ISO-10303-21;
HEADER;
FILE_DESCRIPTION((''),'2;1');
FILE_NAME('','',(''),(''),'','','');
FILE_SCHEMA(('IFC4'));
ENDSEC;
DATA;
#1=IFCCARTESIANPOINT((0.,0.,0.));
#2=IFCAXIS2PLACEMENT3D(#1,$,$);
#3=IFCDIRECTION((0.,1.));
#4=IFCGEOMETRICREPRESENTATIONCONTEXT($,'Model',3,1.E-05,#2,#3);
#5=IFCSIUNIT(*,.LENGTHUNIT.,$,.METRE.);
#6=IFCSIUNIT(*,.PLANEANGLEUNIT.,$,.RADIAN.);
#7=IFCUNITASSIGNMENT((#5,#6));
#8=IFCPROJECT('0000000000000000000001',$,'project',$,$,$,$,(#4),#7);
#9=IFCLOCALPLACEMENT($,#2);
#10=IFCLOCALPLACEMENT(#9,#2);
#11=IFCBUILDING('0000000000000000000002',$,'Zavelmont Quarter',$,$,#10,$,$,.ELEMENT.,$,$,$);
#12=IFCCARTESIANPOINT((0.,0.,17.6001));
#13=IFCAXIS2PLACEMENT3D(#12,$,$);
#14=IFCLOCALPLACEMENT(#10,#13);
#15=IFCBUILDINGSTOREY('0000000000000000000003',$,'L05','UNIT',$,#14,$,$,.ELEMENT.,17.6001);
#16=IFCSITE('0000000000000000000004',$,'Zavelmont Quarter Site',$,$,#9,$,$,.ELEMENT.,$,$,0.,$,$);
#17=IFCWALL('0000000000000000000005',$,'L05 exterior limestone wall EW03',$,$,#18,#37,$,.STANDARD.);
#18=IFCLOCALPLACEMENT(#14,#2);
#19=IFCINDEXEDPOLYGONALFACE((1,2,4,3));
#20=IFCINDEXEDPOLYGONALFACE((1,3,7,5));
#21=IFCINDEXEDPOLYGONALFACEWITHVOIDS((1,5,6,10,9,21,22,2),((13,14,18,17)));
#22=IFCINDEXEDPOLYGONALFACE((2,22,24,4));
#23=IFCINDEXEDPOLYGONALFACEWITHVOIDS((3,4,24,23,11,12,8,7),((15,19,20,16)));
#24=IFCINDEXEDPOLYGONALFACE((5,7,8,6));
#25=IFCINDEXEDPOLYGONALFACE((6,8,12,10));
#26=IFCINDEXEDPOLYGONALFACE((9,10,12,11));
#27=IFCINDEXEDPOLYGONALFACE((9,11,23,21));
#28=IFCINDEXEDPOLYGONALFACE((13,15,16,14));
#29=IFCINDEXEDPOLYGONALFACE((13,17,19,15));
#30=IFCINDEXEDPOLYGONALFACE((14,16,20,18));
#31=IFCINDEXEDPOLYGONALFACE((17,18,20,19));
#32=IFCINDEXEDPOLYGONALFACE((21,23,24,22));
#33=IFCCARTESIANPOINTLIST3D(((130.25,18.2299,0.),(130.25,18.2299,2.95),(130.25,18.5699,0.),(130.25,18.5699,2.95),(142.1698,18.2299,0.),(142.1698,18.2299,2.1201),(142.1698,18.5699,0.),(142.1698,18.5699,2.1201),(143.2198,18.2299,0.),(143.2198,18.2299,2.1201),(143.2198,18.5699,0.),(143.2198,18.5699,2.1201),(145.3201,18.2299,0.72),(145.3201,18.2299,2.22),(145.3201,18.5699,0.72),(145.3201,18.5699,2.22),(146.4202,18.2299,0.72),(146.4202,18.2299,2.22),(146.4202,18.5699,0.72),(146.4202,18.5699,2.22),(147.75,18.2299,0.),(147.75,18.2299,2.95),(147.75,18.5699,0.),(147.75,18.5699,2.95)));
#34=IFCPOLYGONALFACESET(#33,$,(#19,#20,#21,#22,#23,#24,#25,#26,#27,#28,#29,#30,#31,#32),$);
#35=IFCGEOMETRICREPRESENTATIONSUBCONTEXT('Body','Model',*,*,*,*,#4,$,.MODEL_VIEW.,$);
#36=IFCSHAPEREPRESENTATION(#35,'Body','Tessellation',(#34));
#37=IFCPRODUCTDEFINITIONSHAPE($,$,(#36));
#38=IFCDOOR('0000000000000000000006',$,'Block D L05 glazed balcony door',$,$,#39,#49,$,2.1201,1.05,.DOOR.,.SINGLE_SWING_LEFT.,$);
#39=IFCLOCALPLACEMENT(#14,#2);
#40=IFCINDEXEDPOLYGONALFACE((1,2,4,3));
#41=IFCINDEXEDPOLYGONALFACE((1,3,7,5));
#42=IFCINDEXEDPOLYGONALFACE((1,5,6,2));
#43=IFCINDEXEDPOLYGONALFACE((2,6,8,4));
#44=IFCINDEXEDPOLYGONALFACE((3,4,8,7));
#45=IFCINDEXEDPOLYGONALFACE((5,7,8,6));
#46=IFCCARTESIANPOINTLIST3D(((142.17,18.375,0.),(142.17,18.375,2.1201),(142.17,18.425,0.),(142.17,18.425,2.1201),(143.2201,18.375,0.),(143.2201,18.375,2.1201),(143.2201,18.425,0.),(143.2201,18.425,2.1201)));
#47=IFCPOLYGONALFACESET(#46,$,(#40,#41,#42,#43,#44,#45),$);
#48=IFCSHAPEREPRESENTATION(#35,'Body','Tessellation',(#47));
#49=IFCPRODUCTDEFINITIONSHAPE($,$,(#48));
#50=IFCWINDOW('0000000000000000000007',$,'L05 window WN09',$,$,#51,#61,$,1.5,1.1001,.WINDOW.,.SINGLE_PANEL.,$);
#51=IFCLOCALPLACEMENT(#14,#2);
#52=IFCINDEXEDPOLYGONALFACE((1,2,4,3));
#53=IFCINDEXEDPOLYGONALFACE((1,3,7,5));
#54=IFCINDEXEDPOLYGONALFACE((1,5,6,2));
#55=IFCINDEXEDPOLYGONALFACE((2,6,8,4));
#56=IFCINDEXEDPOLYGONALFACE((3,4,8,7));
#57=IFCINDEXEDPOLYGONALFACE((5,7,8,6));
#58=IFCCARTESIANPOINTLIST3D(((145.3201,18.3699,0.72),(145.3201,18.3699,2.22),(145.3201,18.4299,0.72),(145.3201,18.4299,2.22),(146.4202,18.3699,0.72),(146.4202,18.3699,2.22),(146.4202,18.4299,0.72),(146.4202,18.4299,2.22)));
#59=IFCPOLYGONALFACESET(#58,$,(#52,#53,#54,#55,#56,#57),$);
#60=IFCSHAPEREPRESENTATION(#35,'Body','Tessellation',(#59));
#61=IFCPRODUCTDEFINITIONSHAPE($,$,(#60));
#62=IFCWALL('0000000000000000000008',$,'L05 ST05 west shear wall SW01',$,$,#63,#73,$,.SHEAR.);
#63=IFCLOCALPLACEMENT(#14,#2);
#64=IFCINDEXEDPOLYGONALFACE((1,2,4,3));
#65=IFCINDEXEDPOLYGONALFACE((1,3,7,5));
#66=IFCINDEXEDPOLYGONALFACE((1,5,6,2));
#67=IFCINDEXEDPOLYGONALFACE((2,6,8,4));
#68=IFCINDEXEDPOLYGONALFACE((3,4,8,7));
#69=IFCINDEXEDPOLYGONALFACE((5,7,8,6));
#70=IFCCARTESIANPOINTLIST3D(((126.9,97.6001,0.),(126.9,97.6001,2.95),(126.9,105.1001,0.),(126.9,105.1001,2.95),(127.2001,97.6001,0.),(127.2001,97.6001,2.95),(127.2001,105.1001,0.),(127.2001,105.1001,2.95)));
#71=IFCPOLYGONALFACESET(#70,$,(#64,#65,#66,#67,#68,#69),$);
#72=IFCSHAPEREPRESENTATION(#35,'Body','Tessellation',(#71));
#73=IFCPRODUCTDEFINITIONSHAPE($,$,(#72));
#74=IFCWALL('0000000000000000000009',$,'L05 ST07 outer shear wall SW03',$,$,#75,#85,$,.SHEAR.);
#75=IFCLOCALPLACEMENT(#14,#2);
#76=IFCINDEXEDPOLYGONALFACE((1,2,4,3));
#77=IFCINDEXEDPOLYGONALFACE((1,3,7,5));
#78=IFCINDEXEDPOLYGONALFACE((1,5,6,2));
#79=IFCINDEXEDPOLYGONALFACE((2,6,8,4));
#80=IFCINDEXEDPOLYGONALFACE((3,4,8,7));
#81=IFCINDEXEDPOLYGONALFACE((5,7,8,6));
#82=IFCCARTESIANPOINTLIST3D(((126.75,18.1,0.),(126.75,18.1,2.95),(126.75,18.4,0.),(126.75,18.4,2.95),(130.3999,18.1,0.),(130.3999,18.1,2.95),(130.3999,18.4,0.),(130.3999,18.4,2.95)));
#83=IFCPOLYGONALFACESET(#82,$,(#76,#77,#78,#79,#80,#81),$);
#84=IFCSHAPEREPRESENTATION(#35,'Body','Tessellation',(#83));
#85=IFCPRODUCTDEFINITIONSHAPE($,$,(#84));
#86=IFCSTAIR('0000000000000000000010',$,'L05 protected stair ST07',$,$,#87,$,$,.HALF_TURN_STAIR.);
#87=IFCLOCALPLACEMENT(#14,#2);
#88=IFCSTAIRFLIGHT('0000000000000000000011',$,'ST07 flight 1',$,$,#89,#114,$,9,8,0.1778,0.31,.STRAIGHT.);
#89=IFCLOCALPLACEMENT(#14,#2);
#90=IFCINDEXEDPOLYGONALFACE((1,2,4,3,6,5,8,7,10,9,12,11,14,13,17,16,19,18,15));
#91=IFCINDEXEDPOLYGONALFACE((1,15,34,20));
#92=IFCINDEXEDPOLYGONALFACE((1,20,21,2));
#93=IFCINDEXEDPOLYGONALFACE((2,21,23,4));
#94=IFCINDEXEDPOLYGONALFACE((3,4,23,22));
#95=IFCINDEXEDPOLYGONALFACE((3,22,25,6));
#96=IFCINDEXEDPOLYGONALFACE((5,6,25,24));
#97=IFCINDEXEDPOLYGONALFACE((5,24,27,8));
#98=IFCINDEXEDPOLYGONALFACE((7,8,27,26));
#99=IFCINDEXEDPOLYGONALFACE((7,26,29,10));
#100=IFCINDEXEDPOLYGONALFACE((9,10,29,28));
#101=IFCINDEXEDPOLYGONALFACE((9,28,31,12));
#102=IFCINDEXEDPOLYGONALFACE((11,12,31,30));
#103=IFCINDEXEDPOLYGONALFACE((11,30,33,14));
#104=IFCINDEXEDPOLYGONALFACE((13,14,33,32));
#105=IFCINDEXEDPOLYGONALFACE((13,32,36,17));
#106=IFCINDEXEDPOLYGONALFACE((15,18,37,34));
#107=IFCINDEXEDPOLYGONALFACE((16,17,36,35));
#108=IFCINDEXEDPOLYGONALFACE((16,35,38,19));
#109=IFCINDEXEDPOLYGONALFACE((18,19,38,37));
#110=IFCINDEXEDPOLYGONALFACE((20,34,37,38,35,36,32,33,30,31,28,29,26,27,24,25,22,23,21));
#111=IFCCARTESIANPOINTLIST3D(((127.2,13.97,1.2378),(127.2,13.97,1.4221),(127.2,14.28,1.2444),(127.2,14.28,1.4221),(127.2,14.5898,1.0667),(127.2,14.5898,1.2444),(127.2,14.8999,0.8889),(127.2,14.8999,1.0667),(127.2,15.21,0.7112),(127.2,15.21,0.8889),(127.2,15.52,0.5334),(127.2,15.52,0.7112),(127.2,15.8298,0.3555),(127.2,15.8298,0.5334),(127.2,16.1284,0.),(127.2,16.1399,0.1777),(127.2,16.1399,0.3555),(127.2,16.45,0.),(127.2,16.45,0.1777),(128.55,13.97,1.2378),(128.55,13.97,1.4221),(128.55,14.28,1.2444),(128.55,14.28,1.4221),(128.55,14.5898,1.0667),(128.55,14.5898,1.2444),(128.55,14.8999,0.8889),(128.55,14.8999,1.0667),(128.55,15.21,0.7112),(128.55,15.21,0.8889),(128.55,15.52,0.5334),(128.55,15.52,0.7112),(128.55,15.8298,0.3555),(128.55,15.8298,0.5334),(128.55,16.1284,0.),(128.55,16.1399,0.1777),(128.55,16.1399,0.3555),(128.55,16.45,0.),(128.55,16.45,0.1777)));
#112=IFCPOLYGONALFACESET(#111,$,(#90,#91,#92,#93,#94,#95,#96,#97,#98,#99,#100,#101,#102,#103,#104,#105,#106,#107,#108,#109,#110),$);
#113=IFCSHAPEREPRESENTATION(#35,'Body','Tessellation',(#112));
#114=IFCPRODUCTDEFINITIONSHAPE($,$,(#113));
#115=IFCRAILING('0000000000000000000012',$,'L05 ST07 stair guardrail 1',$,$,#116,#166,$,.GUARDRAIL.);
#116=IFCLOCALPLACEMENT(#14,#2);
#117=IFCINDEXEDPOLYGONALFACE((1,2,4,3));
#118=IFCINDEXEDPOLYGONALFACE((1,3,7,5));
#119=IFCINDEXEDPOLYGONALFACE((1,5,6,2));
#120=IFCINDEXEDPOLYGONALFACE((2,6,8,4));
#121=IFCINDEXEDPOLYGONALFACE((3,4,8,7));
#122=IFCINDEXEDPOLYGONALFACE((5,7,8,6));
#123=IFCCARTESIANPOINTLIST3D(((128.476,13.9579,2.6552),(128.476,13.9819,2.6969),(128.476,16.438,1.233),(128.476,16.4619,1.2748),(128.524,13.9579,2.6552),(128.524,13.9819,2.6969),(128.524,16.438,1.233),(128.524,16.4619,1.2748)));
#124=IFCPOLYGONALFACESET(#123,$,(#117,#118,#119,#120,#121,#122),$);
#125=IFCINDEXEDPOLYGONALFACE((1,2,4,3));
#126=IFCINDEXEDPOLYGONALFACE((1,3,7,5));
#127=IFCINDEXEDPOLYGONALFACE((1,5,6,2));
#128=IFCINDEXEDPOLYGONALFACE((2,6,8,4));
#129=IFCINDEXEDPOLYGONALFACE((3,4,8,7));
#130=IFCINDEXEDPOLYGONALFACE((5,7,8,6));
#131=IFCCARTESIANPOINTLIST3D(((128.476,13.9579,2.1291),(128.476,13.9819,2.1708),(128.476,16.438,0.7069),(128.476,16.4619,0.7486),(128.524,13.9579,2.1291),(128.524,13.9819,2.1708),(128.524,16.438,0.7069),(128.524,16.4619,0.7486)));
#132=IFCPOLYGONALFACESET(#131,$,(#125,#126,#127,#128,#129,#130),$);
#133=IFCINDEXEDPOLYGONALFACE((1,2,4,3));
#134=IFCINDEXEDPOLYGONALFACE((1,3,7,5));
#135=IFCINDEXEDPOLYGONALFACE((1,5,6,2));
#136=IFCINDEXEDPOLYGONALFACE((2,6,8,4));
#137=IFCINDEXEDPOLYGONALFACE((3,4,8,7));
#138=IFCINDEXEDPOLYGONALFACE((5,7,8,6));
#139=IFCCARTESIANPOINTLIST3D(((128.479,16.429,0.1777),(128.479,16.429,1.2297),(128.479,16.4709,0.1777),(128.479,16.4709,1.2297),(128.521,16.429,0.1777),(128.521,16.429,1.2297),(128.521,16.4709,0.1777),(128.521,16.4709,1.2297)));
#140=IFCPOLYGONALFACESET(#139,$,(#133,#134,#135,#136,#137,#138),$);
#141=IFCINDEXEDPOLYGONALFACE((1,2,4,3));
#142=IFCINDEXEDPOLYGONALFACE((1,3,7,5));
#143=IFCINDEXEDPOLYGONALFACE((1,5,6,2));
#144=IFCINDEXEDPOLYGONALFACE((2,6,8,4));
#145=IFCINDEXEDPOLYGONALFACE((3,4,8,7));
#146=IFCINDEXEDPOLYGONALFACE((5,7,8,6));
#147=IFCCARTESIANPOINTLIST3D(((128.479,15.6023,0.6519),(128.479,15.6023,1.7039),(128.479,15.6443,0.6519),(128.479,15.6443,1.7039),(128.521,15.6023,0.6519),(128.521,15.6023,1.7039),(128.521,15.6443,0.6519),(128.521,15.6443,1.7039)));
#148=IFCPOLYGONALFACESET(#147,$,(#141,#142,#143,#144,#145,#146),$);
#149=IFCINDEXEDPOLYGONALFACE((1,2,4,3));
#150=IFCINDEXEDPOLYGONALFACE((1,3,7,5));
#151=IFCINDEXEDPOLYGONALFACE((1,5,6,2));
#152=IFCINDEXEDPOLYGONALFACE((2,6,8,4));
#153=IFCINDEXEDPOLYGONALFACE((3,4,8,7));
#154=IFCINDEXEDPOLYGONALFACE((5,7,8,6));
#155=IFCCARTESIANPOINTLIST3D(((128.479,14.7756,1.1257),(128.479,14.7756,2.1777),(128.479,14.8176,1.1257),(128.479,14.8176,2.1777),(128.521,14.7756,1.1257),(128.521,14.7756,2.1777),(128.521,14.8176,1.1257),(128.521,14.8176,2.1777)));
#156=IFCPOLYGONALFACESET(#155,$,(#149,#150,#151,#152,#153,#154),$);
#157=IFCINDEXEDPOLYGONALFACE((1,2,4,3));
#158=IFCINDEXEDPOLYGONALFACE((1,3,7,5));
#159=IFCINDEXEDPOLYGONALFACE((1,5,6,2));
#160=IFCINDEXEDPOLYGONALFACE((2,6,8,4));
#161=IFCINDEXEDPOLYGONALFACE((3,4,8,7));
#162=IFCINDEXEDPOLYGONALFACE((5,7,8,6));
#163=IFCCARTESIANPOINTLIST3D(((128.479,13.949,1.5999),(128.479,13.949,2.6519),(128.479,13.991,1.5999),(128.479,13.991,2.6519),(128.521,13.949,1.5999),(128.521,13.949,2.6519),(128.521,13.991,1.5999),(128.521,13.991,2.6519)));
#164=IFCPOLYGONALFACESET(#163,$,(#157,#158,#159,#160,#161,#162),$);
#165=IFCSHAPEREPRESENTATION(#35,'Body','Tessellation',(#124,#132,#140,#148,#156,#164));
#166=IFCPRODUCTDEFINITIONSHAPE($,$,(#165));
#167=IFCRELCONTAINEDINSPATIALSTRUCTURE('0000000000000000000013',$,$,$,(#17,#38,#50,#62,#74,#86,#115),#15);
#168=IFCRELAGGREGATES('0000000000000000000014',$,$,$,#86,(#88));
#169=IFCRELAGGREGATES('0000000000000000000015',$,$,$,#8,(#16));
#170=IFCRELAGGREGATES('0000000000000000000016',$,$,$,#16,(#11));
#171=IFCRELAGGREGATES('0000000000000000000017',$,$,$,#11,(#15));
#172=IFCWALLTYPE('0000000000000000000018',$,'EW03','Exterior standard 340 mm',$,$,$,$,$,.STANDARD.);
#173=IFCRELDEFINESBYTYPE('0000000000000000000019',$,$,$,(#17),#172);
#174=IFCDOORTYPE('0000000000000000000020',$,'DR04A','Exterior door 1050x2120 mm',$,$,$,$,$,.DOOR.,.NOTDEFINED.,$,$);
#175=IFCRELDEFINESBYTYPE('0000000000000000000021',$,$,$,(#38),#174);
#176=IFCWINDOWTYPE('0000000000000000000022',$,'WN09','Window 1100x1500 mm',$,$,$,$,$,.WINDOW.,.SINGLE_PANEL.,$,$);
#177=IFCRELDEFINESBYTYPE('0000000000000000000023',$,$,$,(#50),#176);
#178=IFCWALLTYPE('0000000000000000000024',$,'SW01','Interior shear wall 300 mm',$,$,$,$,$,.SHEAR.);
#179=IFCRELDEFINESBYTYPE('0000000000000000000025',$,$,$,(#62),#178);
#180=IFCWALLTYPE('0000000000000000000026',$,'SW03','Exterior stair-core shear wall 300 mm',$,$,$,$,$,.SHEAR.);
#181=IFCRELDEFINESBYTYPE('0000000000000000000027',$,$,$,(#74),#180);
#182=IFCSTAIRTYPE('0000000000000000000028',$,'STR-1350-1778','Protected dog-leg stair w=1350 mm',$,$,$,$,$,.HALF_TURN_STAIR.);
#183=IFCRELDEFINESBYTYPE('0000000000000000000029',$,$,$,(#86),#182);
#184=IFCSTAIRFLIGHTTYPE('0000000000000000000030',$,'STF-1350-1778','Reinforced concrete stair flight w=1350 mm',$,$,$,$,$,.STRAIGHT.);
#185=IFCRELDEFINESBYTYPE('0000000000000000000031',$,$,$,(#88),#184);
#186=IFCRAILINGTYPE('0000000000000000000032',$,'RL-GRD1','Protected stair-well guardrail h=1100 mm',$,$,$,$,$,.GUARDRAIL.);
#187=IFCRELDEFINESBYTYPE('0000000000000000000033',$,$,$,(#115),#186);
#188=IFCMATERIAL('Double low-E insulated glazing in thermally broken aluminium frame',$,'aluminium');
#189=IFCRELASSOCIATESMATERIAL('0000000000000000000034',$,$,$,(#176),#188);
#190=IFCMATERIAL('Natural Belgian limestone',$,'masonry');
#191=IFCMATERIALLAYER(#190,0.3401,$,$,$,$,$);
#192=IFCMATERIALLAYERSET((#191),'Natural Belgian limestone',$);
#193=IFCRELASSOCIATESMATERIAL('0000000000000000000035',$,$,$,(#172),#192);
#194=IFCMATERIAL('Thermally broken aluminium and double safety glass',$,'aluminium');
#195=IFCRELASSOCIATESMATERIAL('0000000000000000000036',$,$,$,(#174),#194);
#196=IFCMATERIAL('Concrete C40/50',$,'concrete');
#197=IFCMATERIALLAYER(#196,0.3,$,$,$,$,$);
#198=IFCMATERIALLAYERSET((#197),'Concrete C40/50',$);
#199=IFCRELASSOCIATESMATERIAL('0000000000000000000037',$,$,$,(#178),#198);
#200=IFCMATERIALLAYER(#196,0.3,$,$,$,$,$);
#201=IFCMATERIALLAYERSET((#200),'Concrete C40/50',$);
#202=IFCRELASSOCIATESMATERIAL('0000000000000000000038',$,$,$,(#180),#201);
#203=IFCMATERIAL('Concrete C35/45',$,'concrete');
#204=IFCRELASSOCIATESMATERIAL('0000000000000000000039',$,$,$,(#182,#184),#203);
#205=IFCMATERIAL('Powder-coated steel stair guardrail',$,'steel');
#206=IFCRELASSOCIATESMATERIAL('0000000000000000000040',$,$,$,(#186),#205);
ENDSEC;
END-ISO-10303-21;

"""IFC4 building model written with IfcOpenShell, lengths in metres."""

from ifc_helpers import new_model, si_unit, direction, frame, frame_2d, origin, origin_with_axes, origin_2d, place, context, subcontext, project, spatial, polyline, rectangle, outline, extrude, material, layer, layer_set, type_object, element, fill, aggregate, save


model = new_model("IFC4")

# Units and contexts
model_context = context("Model", 3, precision=1e-05, world=origin(), true_north=direction((0.0, 1.0)))
body_context = subcontext(model_context, "Body", "Model", "MODEL_VIEW")
ifc_project = project(units=[si_unit("LENGTHUNIT", "METRE"), si_unit("PLANEANGLEUNIT", "RADIAN")], contexts=[model_context])

# Site, building, storey
site_placement = place(None, origin())
site = spatial("IfcSite", under=ifc_project, at=site_placement, Name="Zavelmont Quarter Site", CompositionType="ELEMENT", RefElevation=0.0)
building_placement = place(site_placement, origin())
building = spatial("IfcBuilding", under=site, at=building_placement, Name="Zavelmont Quarter", CompositionType="ELEMENT")
storey_placement = place(building_placement, frame((0.0, 0.0, 17.6001)))
storey = spatial("IfcBuildingStorey", under=building, at=storey_placement, Name="L05", Description="UNIT", CompositionType="ELEMENT", Elevation=17.6001)

# Shared definitions
ifc_material_1 = material(Name="Concrete C35/45", Category="concrete")

# Wall, openings, door, window
ifc_material_2 = material(Name="Natural Belgian limestone", Category="masonry")
ifc_material_3 = material(Name="Thermally broken aluminium and double safety glass", Category="aluminium")
ifc_material_4 = material(Name="Double low-E insulated glazing in thermally broken aluminium frame", Category="aluminium")
window_type = type_object("IfcWindowType", Name="WN09", Description="Window 1100x1500 mm", PartitioningType="SINGLE_PANEL", PredefinedType="WINDOW", material=ifc_material_4)
ifc_layer_1 = layer(ifc_material_2, 0.3401)
ifc_layer_set_1 = layer_set([ifc_layer_1], Name="Natural Belgian limestone")
wall_type_1 = type_object("IfcWallType", Name="EW03", Description="Exterior standard 340 mm", PredefinedType="STANDARD", material=ifc_layer_set_1)
wall_1_placement = place(storey_placement, frame((130.25, 18.3999, 0.0), z_axis=(0.0, 0.0, 1.0), x_axis=(1.0, 0.0, 0.0)))
wall_1 = element("IfcWall", 1, at=wall_1_placement, inside=storey, type_object=wall_type_1, Name="L05 exterior limestone wall EW03", PredefinedType="STANDARD", context=body_context, shape_type="SweptSolid", body=[
    extrude(rectangle(XDim=17.5, YDim=0.3401, at=frame_2d((8.75, 0.0))), origin(), (0.0, 0.0, 1.0), 2.95),
])
opening_1_placement = place(wall_1_placement, frame((11.9199, 0.0, 0.0)))
opening_1 = element("IfcOpeningElement", 2, at=opening_1_placement, cuts=wall_1, PredefinedType="OPENING", context=body_context, shape_type="SweptSolid", body=[
    extrude(rectangle(XDim=1.05, YDim=2.1201, at=frame_2d((0.5249, 1.0601))), frame((0.0, 0.1821, 0.0), z_axis=(0.0, -1.0, 0.0), x_axis=(1.0, 0.0, 0.0)), (0.0, 0.0, 1.0), 0.364),
])
opening_2_placement = place(wall_1_placement, frame((15.0701, 0.0, 0.72)))
opening_2 = element("IfcOpeningElement", 3, at=opening_2_placement, cuts=wall_1, PredefinedType="OPENING", context=body_context, shape_type="SweptSolid", body=[
    extrude(rectangle(XDim=1.1001, YDim=1.5, at=frame_2d((0.55, 0.75))), frame((0.0, 0.1821, 0.0), z_axis=(0.0, -1.0, 0.0), x_axis=(1.0, 0.0, 0.0)), (0.0, 0.0, 1.0), 0.364),
])
door_type_1 = type_object("IfcDoorType", Name="DR04A", Description="Exterior door 1050x2120 mm", OperationType="NOTDEFINED", PredefinedType="DOOR", material=ifc_material_3)
door_1_placement = place(opening_1_placement, frame((1.05, 0.0, 0.0), z_axis=(0.0, 0.0, 1.0), x_axis=(-1.0, 0.0, 0.0)))
door_1 = element("IfcDoor", 4, at=door_1_placement, inside=storey, type_object=door_type_1, Name="Block D L05 glazed balcony door", OperationType="SINGLE_SWING_LEFT", OverallHeight=2.1201, OverallWidth=1.05, PredefinedType="DOOR", context=body_context, shape_type="SweptSolid", body=[
    extrude(rectangle(XDim=1.05, YDim=2.1201, at=frame_2d((0.5249, 1.0601))), frame((0.0, 0.0249, 0.0), z_axis=(0.0, -1.0, 0.0), x_axis=(1.0, 0.0, 0.0)), (0.0, 0.0, 1.0), 0.05),
])
fill(opening_1, door_1)
window_1_placement = place(opening_2_placement, origin_with_axes())
window_1 = element("IfcWindow", 5, at=window_1_placement, inside=storey, type_object=window_type, Name="L05 window WN09", OverallHeight=1.5, OverallWidth=1.1001, PartitioningType="SINGLE_PANEL", PredefinedType="WINDOW", context=body_context, shape_type="SweptSolid", body=[
    extrude(rectangle(XDim=1.1001, YDim=1.5, at=frame_2d((0.55, 0.75))), frame((0.0, 0.03, 0.0), z_axis=(0.0, -1.0, 0.0), x_axis=(1.0, 0.0, 0.0)), (0.0, 0.0, 1.0), 0.0601),
])
fill(opening_2, window_1)

# Wall
ifc_material_5 = material(Name="Concrete C40/50", Category="concrete")
ifc_layer_2 = layer(ifc_material_5, 0.3)
ifc_layer_set_2 = layer_set([ifc_layer_2], Name="Concrete C40/50")
wall_type_2 = type_object("IfcWallType", Name="SW01", Description="Interior shear wall 300 mm", PredefinedType="SHEAR", material=ifc_layer_set_2)
wall_2_placement = place(storey_placement, frame((127.05, 97.6001, 0.0), z_axis=(0.0, 0.0, 1.0), x_axis=(0.0, 1.0, 0.0)))
element("IfcWall", 6, at=wall_2_placement, inside=storey, type_object=wall_type_2, Name="L05 ST05 west shear wall SW01", PredefinedType="SHEAR", context=body_context, shape_type="SweptSolid", body=[
    extrude(rectangle(XDim=7.5, YDim=0.3, at=frame_2d((3.75, 0.0))), origin(), (0.0, 0.0, 1.0), 2.95),
])

# Wall
ifc_layer_3 = layer(ifc_material_5, 0.3)
ifc_layer_set_3 = layer_set([ifc_layer_3], Name="Concrete C40/50")
wall_type_3 = type_object("IfcWallType", Name="SW03", Description="Exterior stair-core shear wall 300 mm", PredefinedType="SHEAR", material=ifc_layer_set_3)
wall_3_placement = place(storey_placement, frame((126.75, 18.25, 0.0), z_axis=(0.0, 0.0, 1.0), x_axis=(1.0, 0.0, 0.0)))
element("IfcWall", 7, at=wall_3_placement, inside=storey, type_object=wall_type_3, Name="L05 ST07 outer shear wall SW03", PredefinedType="SHEAR", context=body_context, shape_type="SweptSolid", body=[
    extrude(rectangle(XDim=3.6499, YDim=0.3, at=frame_2d((1.825, 0.0))), origin(), (0.0, 0.0, 1.0), 2.95),
])

# Stair, stair flight
stair_type = type_object("IfcStairType", Name="STR-1350-1778", Description="Protected dog-leg stair w=1350 mm", PredefinedType="HALF_TURN_STAIR", material=ifc_material_1)
stair_placement = place(storey_placement, origin())
stair = element("IfcStair", 8, at=stair_placement, inside=storey, type_object=stair_type, Name="L05 protected stair ST07", PredefinedType="HALF_TURN_STAIR")
stair_flight_type = type_object("IfcStairFlightType", Name="STF-1350-1778", Description="Reinforced concrete stair flight w=1350 mm", PredefinedType="STRAIGHT", material=ifc_material_1)
stair_flight_placement = place(storey_placement, frame((127.875, 16.45, 0.0), z_axis=(0.0, 0.0, 1.0), x_axis=(0.0, -1.0, 0.0)))
stair_flight = element("IfcStairFlight", 9, at=stair_flight_placement, type_object=stair_flight_type, Name="ST07 flight 1", NumberOfRisers=9, NumberOfTreads=8, PredefinedType="STRAIGHT", RiserHeight=0.1778, TreadLength=0.31, context=body_context, shape_type="SweptSolid", body=[
    extrude(outline(polyline([(0.0, 0.0), (0.0, 0.1777), (0.3101, 0.1777), (0.3101, 0.3555), (0.6201, 0.3555), (0.6201, 0.5334), (0.9299, 0.5334), (0.9299, 0.7112), (1.24, 0.7112), (1.24, 0.8889), (1.55, 0.8889), (1.55, 1.0667), (1.8601, 1.0667), (1.8601, 1.2444), (2.1699, 1.2444), (2.1699, 1.4221), (2.48, 1.4221), (2.48, 1.6001), (2.48, 1.2378), (0.3215, 0.0), (0.0, 0.0)])), frame((0.0, 0.675, 0.0), z_axis=(0.0, -1.0, 0.0), x_axis=(1.0, 0.0, 0.0)), (0.0, 0.0, 1.0), 1.3501),
])
aggregate(stair, [stair_flight])

# Railing
ifc_material_6 = material(Name="Powder-coated steel stair guardrail", Category="steel")
railing_type_1 = type_object("IfcRailingType", Name="RL-GRD1", Description="Protected stair-well guardrail h=1100 mm", PredefinedType="GUARDRAIL", material=ifc_material_6)
railing_1_placement = place(storey_placement, frame((128.5, 16.45, 0.1777)))
element("IfcRailing", 10, at=railing_1_placement, inside=storey, type_object=railing_type_1, Name="L05 ST07 stair guardrail 1", PredefinedType="GUARDRAIL", context=body_context, shape_type="SweptSolid", body=[
    extrude(rectangle(XDim=0.0481, YDim=0.0481, at=origin_2d()), frame((0.0, 0.0, 1.0762), z_axis=(0.0, -0.867491, 0.497454), x_axis=(1.0, 0.0, 0.0)), (0.0, 0.0, 1.0), 2.8589),
    extrude(rectangle(XDim=0.0481, YDim=0.0481, at=origin_2d()), frame((0.0, 0.0, 0.55), z_axis=(0.0, -0.867491, 0.497454), x_axis=(1.0, 0.0, 0.0)), (0.0, 0.0, 1.0), 2.8589),
    extrude(rectangle(XDim=0.042, YDim=0.042, at=origin_2d()), origin(), (0.0, 0.0, 1.0), 1.052),
    extrude(rectangle(XDim=0.042, YDim=0.042, at=origin_2d()), frame((0.0, -0.8267, 0.4741)), (0.0, 0.0, 1.0), 1.052),
    extrude(rectangle(XDim=0.042, YDim=0.042, at=origin_2d()), frame((0.0, -1.6533, 0.948)), (0.0, 0.0, 1.0), 1.052),
    extrude(rectangle(XDim=0.042, YDim=0.042, at=origin_2d()), frame((0.0, -2.48, 1.4221)), (0.0, 0.0, 1.0), 1.052),
])

save(model, "model.ifc")
